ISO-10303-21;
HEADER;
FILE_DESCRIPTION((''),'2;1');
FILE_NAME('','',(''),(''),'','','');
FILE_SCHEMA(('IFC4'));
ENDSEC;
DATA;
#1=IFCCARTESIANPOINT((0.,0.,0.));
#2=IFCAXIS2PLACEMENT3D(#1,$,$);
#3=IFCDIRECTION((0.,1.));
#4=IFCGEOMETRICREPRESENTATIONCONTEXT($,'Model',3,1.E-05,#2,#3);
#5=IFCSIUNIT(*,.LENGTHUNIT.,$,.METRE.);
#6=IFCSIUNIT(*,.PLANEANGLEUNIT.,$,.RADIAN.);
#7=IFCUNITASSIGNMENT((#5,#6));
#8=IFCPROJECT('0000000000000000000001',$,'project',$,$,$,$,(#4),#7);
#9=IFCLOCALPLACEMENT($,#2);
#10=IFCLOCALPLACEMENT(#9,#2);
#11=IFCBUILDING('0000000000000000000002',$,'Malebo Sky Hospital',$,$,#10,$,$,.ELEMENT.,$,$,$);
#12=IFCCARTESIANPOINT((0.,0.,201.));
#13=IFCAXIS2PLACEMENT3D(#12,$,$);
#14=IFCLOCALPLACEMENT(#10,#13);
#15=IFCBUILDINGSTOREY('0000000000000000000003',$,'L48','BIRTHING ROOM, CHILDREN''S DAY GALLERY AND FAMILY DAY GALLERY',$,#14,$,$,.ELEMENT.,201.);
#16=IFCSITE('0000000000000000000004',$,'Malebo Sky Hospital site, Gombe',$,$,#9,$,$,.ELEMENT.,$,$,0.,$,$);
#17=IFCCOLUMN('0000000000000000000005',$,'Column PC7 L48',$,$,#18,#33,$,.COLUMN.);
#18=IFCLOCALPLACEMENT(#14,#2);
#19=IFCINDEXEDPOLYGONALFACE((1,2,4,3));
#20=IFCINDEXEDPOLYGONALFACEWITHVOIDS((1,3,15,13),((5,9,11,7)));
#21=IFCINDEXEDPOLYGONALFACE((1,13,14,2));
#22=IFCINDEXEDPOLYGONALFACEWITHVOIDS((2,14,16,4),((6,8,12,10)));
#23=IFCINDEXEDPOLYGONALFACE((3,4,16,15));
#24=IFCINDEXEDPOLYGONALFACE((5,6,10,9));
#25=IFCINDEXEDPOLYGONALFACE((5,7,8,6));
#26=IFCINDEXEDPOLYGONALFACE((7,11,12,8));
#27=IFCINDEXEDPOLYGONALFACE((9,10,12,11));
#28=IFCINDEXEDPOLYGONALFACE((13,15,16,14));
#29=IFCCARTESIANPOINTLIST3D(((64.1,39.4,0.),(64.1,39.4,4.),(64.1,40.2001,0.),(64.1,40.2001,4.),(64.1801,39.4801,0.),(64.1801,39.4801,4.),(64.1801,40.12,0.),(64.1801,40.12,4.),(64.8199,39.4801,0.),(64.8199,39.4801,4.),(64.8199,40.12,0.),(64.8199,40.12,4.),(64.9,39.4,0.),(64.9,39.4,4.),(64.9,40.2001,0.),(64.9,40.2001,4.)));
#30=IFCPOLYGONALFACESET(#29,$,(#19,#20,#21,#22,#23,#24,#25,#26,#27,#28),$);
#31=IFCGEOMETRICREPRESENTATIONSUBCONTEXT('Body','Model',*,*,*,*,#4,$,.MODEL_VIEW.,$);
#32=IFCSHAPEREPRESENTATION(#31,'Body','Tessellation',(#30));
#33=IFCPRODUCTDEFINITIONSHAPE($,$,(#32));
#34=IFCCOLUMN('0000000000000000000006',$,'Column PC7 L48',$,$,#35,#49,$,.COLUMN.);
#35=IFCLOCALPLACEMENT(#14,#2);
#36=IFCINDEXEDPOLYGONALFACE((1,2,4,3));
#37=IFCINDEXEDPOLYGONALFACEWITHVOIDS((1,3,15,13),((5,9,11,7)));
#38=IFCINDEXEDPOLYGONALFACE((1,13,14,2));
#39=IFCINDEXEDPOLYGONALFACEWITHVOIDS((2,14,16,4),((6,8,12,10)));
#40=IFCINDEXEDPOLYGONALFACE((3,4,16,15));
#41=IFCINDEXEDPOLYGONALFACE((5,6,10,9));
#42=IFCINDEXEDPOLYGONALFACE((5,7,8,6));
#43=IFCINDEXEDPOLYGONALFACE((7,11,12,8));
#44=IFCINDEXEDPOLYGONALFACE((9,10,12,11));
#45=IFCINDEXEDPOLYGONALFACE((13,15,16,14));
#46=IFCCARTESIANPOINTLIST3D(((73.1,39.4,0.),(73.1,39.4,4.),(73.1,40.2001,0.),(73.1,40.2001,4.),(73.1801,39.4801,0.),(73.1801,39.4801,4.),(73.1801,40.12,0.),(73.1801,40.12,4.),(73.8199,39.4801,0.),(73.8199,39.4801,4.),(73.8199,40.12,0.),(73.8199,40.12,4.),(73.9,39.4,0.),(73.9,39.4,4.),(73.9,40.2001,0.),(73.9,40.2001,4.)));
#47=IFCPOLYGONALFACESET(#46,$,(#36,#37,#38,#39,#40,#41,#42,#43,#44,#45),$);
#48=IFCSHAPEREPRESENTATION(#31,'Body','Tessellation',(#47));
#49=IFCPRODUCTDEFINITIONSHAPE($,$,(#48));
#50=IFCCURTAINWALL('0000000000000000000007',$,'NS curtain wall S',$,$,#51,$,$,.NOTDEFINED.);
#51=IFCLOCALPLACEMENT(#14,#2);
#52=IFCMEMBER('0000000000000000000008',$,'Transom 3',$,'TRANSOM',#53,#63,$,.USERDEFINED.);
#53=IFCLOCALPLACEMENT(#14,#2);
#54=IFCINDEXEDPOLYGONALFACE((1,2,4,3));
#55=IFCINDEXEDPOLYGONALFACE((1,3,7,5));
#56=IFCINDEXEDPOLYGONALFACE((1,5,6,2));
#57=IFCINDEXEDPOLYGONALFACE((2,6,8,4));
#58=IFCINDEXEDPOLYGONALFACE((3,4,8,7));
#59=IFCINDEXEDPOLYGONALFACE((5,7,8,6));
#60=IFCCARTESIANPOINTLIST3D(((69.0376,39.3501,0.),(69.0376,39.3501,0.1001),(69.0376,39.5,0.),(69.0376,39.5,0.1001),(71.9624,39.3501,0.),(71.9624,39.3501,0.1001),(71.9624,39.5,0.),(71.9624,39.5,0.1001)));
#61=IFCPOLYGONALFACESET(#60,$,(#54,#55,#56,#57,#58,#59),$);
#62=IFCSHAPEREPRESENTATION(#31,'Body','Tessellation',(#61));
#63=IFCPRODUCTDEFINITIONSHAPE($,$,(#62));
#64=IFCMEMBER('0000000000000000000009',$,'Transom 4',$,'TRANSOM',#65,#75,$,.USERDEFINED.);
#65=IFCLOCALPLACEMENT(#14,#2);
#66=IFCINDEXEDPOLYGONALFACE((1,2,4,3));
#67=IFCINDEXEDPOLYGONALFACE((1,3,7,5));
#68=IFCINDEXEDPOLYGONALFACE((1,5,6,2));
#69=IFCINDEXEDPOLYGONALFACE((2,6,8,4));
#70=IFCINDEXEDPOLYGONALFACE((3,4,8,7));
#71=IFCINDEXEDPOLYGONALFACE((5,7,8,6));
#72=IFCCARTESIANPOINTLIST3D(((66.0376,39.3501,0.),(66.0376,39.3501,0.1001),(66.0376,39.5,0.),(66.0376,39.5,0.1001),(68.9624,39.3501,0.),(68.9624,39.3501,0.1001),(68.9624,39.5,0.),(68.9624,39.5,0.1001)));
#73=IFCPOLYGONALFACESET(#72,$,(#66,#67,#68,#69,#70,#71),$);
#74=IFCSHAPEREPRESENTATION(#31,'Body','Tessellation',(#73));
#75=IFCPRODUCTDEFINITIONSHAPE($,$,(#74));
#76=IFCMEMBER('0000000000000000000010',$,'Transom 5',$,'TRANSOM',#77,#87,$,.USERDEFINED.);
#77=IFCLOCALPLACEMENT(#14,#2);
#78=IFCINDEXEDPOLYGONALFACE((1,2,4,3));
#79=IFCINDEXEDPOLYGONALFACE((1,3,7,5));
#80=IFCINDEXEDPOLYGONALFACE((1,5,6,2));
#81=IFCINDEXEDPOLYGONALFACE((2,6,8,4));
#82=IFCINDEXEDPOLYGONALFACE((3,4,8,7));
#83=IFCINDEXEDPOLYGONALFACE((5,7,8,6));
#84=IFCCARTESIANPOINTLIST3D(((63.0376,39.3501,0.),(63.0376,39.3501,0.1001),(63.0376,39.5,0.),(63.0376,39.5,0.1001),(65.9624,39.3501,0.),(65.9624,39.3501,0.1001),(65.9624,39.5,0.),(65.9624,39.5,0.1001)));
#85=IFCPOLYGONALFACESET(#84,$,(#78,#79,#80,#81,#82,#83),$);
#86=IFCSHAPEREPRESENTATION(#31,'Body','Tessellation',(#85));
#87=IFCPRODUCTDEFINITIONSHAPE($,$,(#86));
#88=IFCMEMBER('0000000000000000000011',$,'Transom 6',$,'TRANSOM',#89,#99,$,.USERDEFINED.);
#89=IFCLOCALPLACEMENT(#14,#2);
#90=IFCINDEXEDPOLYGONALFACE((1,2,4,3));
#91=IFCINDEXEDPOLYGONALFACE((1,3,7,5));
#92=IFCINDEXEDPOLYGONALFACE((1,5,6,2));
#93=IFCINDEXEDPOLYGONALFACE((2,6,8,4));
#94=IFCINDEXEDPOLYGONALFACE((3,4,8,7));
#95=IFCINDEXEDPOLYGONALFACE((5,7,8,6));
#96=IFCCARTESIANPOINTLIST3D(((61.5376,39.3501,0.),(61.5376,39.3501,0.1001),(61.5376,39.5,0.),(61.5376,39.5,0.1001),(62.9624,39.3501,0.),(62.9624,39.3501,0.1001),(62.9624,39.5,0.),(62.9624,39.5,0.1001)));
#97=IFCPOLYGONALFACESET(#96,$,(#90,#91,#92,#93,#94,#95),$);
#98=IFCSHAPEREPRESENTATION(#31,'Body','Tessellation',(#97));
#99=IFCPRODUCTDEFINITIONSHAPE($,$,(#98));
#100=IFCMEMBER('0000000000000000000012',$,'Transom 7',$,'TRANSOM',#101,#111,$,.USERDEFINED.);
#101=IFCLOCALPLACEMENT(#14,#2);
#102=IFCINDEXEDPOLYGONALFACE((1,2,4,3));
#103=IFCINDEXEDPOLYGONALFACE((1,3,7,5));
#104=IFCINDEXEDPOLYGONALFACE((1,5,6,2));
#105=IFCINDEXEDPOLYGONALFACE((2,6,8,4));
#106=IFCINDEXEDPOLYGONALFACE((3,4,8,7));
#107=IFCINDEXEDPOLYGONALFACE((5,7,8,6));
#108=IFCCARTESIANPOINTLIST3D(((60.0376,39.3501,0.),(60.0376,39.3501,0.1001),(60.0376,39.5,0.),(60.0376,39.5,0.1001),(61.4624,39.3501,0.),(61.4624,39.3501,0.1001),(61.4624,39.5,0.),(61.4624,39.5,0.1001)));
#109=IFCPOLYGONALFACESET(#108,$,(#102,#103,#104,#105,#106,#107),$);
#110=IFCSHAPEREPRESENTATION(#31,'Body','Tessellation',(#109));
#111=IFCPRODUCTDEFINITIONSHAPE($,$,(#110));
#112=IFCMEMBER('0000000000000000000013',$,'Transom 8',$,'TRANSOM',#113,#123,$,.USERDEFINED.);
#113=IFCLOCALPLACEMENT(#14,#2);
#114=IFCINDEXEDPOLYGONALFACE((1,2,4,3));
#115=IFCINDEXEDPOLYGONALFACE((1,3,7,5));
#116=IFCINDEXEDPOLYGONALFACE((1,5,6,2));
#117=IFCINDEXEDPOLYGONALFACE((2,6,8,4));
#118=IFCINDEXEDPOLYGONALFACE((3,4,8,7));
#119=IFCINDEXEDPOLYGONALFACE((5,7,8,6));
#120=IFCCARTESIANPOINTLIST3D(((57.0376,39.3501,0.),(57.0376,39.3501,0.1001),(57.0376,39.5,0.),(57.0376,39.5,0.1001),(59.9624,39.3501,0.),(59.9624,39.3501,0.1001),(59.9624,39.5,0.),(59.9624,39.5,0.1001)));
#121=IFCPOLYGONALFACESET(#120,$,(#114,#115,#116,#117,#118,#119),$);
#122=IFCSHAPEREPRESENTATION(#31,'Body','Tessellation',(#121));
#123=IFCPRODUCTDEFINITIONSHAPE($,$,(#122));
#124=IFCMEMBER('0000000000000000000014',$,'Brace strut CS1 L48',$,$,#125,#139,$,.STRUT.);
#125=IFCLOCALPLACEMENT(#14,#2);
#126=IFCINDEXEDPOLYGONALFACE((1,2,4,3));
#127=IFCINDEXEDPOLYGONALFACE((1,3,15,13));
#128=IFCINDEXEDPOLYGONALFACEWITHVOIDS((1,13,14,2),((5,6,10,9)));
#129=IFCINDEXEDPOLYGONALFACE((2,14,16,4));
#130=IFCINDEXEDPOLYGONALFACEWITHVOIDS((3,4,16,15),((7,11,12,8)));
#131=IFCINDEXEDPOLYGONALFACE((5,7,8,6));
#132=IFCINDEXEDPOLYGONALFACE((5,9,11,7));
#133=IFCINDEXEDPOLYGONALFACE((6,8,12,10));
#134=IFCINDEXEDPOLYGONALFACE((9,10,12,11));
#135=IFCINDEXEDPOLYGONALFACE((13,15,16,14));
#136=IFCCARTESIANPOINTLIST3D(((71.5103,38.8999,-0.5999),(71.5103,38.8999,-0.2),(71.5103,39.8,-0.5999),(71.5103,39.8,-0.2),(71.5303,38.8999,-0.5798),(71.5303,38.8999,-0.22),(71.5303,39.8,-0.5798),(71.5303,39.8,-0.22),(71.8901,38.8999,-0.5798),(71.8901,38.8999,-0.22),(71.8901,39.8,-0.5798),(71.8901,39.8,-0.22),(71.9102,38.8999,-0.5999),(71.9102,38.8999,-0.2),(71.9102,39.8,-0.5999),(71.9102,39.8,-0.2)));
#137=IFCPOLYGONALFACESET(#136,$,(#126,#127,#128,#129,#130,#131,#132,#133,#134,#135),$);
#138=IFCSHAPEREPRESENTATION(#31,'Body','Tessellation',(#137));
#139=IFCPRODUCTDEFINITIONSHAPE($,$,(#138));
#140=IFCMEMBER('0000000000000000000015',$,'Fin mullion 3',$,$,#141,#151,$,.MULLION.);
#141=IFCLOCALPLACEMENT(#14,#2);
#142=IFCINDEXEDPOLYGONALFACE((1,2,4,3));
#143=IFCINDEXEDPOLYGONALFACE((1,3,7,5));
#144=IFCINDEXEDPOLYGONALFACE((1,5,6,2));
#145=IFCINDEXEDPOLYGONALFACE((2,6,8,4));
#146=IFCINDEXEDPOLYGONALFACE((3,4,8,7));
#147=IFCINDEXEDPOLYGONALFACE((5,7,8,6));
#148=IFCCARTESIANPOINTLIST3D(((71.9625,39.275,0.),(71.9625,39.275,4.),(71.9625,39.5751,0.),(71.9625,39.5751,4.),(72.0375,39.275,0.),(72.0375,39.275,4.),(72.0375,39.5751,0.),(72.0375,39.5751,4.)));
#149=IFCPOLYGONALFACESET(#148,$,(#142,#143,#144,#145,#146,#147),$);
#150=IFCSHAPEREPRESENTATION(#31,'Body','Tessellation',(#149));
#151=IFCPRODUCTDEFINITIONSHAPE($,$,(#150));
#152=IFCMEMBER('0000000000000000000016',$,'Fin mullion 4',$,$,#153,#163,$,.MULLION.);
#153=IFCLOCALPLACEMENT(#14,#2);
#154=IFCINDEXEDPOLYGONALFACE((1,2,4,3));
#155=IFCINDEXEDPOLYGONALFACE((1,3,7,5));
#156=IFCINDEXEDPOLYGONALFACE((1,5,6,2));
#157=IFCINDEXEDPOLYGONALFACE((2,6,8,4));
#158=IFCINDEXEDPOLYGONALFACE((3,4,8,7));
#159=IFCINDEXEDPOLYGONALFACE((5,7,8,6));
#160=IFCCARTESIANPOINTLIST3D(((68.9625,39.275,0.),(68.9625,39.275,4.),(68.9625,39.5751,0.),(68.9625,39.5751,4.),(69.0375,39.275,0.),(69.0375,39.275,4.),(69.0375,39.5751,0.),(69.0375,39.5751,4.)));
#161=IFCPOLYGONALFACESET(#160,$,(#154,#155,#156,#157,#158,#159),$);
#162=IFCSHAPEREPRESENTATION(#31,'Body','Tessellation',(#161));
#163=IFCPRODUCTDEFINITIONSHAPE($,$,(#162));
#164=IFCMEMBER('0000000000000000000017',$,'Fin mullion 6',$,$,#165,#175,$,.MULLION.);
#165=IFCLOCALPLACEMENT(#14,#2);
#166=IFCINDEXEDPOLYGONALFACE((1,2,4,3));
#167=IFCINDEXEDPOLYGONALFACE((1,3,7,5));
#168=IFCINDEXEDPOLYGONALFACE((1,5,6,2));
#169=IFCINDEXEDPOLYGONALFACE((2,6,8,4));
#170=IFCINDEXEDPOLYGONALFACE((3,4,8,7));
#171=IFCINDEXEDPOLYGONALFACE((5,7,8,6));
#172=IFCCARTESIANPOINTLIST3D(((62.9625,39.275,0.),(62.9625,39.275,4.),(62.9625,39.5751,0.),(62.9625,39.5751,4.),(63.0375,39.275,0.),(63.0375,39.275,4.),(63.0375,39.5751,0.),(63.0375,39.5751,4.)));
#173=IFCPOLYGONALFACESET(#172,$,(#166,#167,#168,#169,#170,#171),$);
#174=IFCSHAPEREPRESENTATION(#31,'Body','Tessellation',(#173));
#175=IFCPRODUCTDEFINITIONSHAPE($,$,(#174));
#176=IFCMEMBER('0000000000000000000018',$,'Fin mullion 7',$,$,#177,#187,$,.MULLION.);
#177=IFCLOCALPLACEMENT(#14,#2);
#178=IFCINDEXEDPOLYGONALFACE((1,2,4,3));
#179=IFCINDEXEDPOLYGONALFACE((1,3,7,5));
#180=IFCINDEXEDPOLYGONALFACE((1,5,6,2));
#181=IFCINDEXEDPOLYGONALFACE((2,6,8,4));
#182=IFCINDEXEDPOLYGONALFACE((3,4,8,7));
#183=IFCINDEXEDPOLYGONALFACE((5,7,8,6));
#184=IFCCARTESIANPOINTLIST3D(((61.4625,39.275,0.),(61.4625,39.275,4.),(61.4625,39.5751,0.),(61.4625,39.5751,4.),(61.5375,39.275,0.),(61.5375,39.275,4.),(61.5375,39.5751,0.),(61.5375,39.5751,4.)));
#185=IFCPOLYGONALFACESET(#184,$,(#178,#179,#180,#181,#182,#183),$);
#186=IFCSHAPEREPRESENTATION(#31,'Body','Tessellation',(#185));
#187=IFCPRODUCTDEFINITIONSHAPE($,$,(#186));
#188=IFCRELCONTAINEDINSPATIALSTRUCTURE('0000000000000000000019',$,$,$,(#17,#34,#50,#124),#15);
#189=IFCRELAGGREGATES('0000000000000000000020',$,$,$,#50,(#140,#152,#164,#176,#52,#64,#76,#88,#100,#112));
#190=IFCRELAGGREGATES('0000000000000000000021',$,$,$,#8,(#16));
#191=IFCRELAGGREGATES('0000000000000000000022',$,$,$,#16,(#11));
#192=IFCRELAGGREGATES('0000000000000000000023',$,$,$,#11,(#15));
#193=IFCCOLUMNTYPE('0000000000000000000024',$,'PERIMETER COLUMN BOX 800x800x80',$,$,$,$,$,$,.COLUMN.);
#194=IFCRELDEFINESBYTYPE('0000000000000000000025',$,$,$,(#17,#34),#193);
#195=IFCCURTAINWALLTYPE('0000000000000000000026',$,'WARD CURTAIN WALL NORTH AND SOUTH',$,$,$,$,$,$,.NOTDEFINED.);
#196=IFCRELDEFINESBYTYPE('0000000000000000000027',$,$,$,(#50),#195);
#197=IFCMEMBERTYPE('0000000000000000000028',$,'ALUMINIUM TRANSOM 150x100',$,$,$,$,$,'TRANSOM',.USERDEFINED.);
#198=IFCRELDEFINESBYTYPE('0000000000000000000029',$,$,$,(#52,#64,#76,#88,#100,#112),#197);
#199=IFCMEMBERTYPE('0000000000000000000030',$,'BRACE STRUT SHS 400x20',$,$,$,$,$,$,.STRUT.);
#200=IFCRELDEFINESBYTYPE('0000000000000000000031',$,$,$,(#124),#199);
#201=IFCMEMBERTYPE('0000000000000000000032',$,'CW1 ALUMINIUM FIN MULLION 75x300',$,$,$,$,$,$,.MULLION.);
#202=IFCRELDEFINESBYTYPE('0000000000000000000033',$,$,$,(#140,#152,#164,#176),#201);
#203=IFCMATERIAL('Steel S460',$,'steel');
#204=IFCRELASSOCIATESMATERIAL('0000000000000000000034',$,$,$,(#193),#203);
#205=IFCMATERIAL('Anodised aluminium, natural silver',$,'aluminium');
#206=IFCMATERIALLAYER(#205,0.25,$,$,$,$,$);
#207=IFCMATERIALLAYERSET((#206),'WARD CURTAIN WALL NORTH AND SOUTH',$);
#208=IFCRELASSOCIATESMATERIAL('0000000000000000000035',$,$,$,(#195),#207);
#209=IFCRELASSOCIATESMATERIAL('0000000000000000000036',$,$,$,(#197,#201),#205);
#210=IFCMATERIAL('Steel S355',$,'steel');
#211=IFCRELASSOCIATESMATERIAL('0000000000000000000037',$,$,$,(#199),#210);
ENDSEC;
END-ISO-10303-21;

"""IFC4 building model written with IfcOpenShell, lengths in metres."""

from ifc_helpers import new_model, si_unit, direction, frame, origin, origin_2d, place, context, subcontext, project, spatial, rectangle, hollow_rectangle, extrude, material, layer, layer_set, material_profile, profile_set, type_object, element, aggregate, save


model = new_model("IFC4")

# Units and contexts
model_context = context("Model", 3, precision=1e-05, world=origin(), true_north=direction((0.0, 1.0)))
body_context = subcontext(model_context, "Body", "Model", "MODEL_VIEW")
ifc_project = project(units=[si_unit("LENGTHUNIT", "METRE"), si_unit("PLANEANGLEUNIT", "RADIAN")], contexts=[model_context])

# Site, building, storey
site_placement = place(None, origin())
site = spatial("IfcSite", under=ifc_project, at=site_placement, Name="Malebo Sky Hospital site, Gombe", CompositionType="ELEMENT", RefElevation=0.0)
building_placement = place(site_placement, origin())
building = spatial("IfcBuilding", under=site, at=building_placement, Name="Malebo Sky Hospital", CompositionType="ELEMENT")
storey_placement = place(building_placement, frame((0.0, 0.0, 201.0)))
storey = spatial("IfcBuildingStorey", under=building, at=storey_placement, Name="L48", Description="BIRTHING ROOM, CHILDREN'S DAY GALLERY AND FAMILY DAY GALLERY", CompositionType="ELEMENT", Elevation=201.0)

# Columns
ifc_material_1 = material(Name="Steel S460", Category="steel")
ifc_material_profile_1 = material_profile(ifc_material_1, hollow_rectangle(XDim=0.8, YDim=0.8, WallThickness=0.0801, at=origin_2d()), Name="BOX 800x800x80")
ifc_profile_set_1 = profile_set([ifc_material_profile_1], Name="Steel S460")
column_type = type_object("IfcColumnType", Name="PERIMETER COLUMN BOX 800x800x80", PredefinedType="COLUMN", material=ifc_profile_set_1)
for number, where, z_axis, x_axis, name in (
    (1, (64.5, 39.8, 0.0), (0.0, 0.0, 1.0), (1.0, 0.0, 0.0), "Column PC7 L48"),
    (2, (73.5, 39.8, 0.0), (0.0, 0.0, 1.0), (1.0, 0.0, 0.0), "Column PC7 L48"),
):
    element("IfcColumn", number, at=place(storey_placement, frame(where, z_axis=z_axis, x_axis=x_axis)), inside=storey, type_object=column_type, Name=name, PredefinedType="COLUMN", context=body_context, shape_type="SweptSolid", body=[
        extrude(hollow_rectangle(XDim=0.8, YDim=0.8, WallThickness=0.0801, at=origin_2d()), origin(), (0.0, 0.0, 1.0), 4.0),
    ])

# Curtain wall, members
ifc_material_2 = material(Name="Anodised aluminium, natural silver", Category="aluminium")
ifc_layer_1 = layer(ifc_material_2, 0.25)
ifc_layer_set_1 = layer_set([ifc_layer_1], Name="WARD CURTAIN WALL NORTH AND SOUTH")
curtain_wall_type = type_object("IfcCurtainWallType", Name="WARD CURTAIN WALL NORTH AND SOUTH", PredefinedType="NOTDEFINED", material=ifc_layer_set_1)
curtain_wall_placement = place(storey_placement, origin())
curtain_wall = element("IfcCurtainWall", 3, at=curtain_wall_placement, inside=storey, type_object=curtain_wall_type, Name="NS curtain wall S", PredefinedType="NOTDEFINED")
ifc_material_profile_2 = material_profile(ifc_material_2, rectangle(XDim=0.1499, YDim=0.1001, at=origin_2d()), Name="ALUMINIUM TRANSOM 150x100")
ifc_profile_set_2 = profile_set([ifc_material_profile_2], Name="Anodised aluminium, natural silver")
member_type_1 = type_object("IfcMemberType", Name="ALUMINIUM TRANSOM 150x100", ElementType="TRANSOM", PredefinedType="USERDEFINED", material=ifc_profile_set_2)
member_1_placement = place(storey_placement, frame((71.9624, 39.425, 0.05), z_axis=(-1.0, 0.0, 0.0), x_axis=(0.0, -1.0, 0.0)))
member_1 = element("IfcMember", 4, at=member_1_placement, type_object=member_type_1, Name="Transom 3", ObjectType="TRANSOM", PredefinedType="USERDEFINED", context=body_context, shape_type="SweptSolid", body=[
    extrude(rectangle(XDim=0.1499, YDim=0.1001, at=origin_2d()), origin(), (0.0, 0.0, 1.0), 2.9248),
])
member_2_placement = place(storey_placement, frame((68.9624, 39.425, 0.05), z_axis=(-1.0, 0.0, 0.0), x_axis=(0.0, -1.0, 0.0)))
member_2 = element("IfcMember", 5, at=member_2_placement, type_object=member_type_1, Name="Transom 4", ObjectType="TRANSOM", PredefinedType="USERDEFINED", context=body_context, shape_type="SweptSolid", body=[
    extrude(rectangle(XDim=0.1499, YDim=0.1001, at=origin_2d()), origin(), (0.0, 0.0, 1.0), 2.9248),
])
member_3_placement = place(storey_placement, frame((65.9624, 39.425, 0.05), z_axis=(-1.0, 0.0, 0.0), x_axis=(0.0, -1.0, 0.0)))
member_3 = element("IfcMember", 6, at=member_3_placement, type_object=member_type_1, Name="Transom 5", ObjectType="TRANSOM", PredefinedType="USERDEFINED", context=body_context, shape_type="SweptSolid", body=[
    extrude(rectangle(XDim=0.1499, YDim=0.1001, at=origin_2d()), origin(), (0.0, 0.0, 1.0), 2.9248),
])
member_4_placement = place(storey_placement, frame((62.9624, 39.425, 0.05), z_axis=(-1.0, 0.0, 0.0), x_axis=(0.0, -1.0, 0.0)))
member_4 = element("IfcMember", 7, at=member_4_placement, type_object=member_type_1, Name="Transom 6", ObjectType="TRANSOM", PredefinedType="USERDEFINED", context=body_context, shape_type="SweptSolid", body=[
    extrude(rectangle(XDim=0.1499, YDim=0.1001, at=origin_2d()), origin(), (0.0, 0.0, 1.0), 1.4248),
])
member_5_placement = place(storey_placement, frame((61.4624, 39.425, 0.05), z_axis=(-1.0, 0.0, 0.0), x_axis=(0.0, -1.0, 0.0)))
member_5 = element("IfcMember", 8, at=member_5_placement, type_object=member_type_1, Name="Transom 7", ObjectType="TRANSOM", PredefinedType="USERDEFINED", context=body_context, shape_type="SweptSolid", body=[
    extrude(rectangle(XDim=0.1499, YDim=0.1001, at=origin_2d()), origin(), (0.0, 0.0, 1.0), 1.4248),
])
member_6_placement = place(storey_placement, frame((59.9624, 39.425, 0.05), z_axis=(-1.0, 0.0, 0.0), x_axis=(0.0, -1.0, 0.0)))
member_6 = element("IfcMember", 9, at=member_6_placement, type_object=member_type_1, Name="Transom 8", ObjectType="TRANSOM", PredefinedType="USERDEFINED", context=body_context, shape_type="SweptSolid", body=[
    extrude(rectangle(XDim=0.1499, YDim=0.1001, at=origin_2d()), origin(), (0.0, 0.0, 1.0), 2.9248),
])

# Members
ifc_material_3 = material(Name="Steel S355", Category="steel")
ifc_material_profile_3 = material_profile(ifc_material_3, hollow_rectangle(XDim=0.3999, YDim=0.3999, WallThickness=0.02, at=origin_2d()), Name="SHS 400x20")
ifc_profile_set_3 = profile_set([ifc_material_profile_3], Name="Steel S355")
member_type_2 = type_object("IfcMemberType", Name="BRACE STRUT SHS 400x20", PredefinedType="STRUT", material=ifc_profile_set_3)
member_7_placement = place(storey_placement, frame((71.7102, 38.8999, -0.3999), z_axis=(0.0, 1.0, 0.0), x_axis=(-1.0, 0.0, 0.0)))
element("IfcMember", 10, at=member_7_placement, inside=storey, type_object=member_type_2, Name="Brace strut CS1 L48", PredefinedType="STRUT", context=body_context, shape_type="SweptSolid", body=[
    extrude(hollow_rectangle(XDim=0.3999, YDim=0.3999, WallThickness=0.02, at=origin_2d()), origin(), (0.0, 0.0, 1.0), 0.9001),
])
ifc_material_profile_4 = material_profile(ifc_material_2, rectangle(XDim=0.075, YDim=0.3, at=origin_2d()), Name="CW1 ALUMINIUM FIN MULLION 75x300")
ifc_profile_set_4 = profile_set([ifc_material_profile_4], Name="Anodised aluminium, natural silver")
member_type_3 = type_object("IfcMemberType", Name="CW1 ALUMINIUM FIN MULLION 75x300", PredefinedType="MULLION", material=ifc_profile_set_4)
member_8_placement = place(storey_placement, frame((72.0, 39.425, 0.0), z_axis=(0.0, 0.0, 1.0), x_axis=(-1.0, 0.0, 0.0)))
member_8 = element("IfcMember", 11, at=member_8_placement, type_object=member_type_3, Name="Fin mullion 3", PredefinedType="MULLION", context=body_context, shape_type="SweptSolid", body=[
    extrude(rectangle(XDim=0.075, YDim=0.3, at=origin_2d()), origin(), (0.0, 0.0, 1.0), 4.0),
])
member_9_placement = place(storey_placement, frame((69.0, 39.425, 0.0), z_axis=(0.0, 0.0, 1.0), x_axis=(-1.0, 0.0, 0.0)))
member_9 = element("IfcMember", 12, at=member_9_placement, type_object=member_type_3, Name="Fin mullion 4", PredefinedType="MULLION", context=body_context, shape_type="SweptSolid", body=[
    extrude(rectangle(XDim=0.075, YDim=0.3, at=origin_2d()), origin(), (0.0, 0.0, 1.0), 4.0),
])
member_10_placement = place(storey_placement, frame((63.0, 39.425, 0.0), z_axis=(0.0, 0.0, 1.0), x_axis=(-1.0, 0.0, 0.0)))
member_10 = element("IfcMember", 13, at=member_10_placement, type_object=member_type_3, Name="Fin mullion 6", PredefinedType="MULLION", context=body_context, shape_type="SweptSolid", body=[
    extrude(rectangle(XDim=0.075, YDim=0.3, at=origin_2d()), origin(), (0.0, 0.0, 1.0), 4.0),
])
member_11_placement = place(storey_placement, frame((61.5, 39.425, 0.0), z_axis=(0.0, 0.0, 1.0), x_axis=(-1.0, 0.0, 0.0)))
member_11 = element("IfcMember", 14, at=member_11_placement, type_object=member_type_3, Name="Fin mullion 7", PredefinedType="MULLION", context=body_context, shape_type="SweptSolid", body=[
    extrude(rectangle(XDim=0.075, YDim=0.3, at=origin_2d()), origin(), (0.0, 0.0, 1.0), 4.0),
])

aggregate(curtain_wall, [member_8, member_9, member_10, member_11, member_1, member_2, member_3, member_4, member_5, member_6])

save(model, "model.ifc")
